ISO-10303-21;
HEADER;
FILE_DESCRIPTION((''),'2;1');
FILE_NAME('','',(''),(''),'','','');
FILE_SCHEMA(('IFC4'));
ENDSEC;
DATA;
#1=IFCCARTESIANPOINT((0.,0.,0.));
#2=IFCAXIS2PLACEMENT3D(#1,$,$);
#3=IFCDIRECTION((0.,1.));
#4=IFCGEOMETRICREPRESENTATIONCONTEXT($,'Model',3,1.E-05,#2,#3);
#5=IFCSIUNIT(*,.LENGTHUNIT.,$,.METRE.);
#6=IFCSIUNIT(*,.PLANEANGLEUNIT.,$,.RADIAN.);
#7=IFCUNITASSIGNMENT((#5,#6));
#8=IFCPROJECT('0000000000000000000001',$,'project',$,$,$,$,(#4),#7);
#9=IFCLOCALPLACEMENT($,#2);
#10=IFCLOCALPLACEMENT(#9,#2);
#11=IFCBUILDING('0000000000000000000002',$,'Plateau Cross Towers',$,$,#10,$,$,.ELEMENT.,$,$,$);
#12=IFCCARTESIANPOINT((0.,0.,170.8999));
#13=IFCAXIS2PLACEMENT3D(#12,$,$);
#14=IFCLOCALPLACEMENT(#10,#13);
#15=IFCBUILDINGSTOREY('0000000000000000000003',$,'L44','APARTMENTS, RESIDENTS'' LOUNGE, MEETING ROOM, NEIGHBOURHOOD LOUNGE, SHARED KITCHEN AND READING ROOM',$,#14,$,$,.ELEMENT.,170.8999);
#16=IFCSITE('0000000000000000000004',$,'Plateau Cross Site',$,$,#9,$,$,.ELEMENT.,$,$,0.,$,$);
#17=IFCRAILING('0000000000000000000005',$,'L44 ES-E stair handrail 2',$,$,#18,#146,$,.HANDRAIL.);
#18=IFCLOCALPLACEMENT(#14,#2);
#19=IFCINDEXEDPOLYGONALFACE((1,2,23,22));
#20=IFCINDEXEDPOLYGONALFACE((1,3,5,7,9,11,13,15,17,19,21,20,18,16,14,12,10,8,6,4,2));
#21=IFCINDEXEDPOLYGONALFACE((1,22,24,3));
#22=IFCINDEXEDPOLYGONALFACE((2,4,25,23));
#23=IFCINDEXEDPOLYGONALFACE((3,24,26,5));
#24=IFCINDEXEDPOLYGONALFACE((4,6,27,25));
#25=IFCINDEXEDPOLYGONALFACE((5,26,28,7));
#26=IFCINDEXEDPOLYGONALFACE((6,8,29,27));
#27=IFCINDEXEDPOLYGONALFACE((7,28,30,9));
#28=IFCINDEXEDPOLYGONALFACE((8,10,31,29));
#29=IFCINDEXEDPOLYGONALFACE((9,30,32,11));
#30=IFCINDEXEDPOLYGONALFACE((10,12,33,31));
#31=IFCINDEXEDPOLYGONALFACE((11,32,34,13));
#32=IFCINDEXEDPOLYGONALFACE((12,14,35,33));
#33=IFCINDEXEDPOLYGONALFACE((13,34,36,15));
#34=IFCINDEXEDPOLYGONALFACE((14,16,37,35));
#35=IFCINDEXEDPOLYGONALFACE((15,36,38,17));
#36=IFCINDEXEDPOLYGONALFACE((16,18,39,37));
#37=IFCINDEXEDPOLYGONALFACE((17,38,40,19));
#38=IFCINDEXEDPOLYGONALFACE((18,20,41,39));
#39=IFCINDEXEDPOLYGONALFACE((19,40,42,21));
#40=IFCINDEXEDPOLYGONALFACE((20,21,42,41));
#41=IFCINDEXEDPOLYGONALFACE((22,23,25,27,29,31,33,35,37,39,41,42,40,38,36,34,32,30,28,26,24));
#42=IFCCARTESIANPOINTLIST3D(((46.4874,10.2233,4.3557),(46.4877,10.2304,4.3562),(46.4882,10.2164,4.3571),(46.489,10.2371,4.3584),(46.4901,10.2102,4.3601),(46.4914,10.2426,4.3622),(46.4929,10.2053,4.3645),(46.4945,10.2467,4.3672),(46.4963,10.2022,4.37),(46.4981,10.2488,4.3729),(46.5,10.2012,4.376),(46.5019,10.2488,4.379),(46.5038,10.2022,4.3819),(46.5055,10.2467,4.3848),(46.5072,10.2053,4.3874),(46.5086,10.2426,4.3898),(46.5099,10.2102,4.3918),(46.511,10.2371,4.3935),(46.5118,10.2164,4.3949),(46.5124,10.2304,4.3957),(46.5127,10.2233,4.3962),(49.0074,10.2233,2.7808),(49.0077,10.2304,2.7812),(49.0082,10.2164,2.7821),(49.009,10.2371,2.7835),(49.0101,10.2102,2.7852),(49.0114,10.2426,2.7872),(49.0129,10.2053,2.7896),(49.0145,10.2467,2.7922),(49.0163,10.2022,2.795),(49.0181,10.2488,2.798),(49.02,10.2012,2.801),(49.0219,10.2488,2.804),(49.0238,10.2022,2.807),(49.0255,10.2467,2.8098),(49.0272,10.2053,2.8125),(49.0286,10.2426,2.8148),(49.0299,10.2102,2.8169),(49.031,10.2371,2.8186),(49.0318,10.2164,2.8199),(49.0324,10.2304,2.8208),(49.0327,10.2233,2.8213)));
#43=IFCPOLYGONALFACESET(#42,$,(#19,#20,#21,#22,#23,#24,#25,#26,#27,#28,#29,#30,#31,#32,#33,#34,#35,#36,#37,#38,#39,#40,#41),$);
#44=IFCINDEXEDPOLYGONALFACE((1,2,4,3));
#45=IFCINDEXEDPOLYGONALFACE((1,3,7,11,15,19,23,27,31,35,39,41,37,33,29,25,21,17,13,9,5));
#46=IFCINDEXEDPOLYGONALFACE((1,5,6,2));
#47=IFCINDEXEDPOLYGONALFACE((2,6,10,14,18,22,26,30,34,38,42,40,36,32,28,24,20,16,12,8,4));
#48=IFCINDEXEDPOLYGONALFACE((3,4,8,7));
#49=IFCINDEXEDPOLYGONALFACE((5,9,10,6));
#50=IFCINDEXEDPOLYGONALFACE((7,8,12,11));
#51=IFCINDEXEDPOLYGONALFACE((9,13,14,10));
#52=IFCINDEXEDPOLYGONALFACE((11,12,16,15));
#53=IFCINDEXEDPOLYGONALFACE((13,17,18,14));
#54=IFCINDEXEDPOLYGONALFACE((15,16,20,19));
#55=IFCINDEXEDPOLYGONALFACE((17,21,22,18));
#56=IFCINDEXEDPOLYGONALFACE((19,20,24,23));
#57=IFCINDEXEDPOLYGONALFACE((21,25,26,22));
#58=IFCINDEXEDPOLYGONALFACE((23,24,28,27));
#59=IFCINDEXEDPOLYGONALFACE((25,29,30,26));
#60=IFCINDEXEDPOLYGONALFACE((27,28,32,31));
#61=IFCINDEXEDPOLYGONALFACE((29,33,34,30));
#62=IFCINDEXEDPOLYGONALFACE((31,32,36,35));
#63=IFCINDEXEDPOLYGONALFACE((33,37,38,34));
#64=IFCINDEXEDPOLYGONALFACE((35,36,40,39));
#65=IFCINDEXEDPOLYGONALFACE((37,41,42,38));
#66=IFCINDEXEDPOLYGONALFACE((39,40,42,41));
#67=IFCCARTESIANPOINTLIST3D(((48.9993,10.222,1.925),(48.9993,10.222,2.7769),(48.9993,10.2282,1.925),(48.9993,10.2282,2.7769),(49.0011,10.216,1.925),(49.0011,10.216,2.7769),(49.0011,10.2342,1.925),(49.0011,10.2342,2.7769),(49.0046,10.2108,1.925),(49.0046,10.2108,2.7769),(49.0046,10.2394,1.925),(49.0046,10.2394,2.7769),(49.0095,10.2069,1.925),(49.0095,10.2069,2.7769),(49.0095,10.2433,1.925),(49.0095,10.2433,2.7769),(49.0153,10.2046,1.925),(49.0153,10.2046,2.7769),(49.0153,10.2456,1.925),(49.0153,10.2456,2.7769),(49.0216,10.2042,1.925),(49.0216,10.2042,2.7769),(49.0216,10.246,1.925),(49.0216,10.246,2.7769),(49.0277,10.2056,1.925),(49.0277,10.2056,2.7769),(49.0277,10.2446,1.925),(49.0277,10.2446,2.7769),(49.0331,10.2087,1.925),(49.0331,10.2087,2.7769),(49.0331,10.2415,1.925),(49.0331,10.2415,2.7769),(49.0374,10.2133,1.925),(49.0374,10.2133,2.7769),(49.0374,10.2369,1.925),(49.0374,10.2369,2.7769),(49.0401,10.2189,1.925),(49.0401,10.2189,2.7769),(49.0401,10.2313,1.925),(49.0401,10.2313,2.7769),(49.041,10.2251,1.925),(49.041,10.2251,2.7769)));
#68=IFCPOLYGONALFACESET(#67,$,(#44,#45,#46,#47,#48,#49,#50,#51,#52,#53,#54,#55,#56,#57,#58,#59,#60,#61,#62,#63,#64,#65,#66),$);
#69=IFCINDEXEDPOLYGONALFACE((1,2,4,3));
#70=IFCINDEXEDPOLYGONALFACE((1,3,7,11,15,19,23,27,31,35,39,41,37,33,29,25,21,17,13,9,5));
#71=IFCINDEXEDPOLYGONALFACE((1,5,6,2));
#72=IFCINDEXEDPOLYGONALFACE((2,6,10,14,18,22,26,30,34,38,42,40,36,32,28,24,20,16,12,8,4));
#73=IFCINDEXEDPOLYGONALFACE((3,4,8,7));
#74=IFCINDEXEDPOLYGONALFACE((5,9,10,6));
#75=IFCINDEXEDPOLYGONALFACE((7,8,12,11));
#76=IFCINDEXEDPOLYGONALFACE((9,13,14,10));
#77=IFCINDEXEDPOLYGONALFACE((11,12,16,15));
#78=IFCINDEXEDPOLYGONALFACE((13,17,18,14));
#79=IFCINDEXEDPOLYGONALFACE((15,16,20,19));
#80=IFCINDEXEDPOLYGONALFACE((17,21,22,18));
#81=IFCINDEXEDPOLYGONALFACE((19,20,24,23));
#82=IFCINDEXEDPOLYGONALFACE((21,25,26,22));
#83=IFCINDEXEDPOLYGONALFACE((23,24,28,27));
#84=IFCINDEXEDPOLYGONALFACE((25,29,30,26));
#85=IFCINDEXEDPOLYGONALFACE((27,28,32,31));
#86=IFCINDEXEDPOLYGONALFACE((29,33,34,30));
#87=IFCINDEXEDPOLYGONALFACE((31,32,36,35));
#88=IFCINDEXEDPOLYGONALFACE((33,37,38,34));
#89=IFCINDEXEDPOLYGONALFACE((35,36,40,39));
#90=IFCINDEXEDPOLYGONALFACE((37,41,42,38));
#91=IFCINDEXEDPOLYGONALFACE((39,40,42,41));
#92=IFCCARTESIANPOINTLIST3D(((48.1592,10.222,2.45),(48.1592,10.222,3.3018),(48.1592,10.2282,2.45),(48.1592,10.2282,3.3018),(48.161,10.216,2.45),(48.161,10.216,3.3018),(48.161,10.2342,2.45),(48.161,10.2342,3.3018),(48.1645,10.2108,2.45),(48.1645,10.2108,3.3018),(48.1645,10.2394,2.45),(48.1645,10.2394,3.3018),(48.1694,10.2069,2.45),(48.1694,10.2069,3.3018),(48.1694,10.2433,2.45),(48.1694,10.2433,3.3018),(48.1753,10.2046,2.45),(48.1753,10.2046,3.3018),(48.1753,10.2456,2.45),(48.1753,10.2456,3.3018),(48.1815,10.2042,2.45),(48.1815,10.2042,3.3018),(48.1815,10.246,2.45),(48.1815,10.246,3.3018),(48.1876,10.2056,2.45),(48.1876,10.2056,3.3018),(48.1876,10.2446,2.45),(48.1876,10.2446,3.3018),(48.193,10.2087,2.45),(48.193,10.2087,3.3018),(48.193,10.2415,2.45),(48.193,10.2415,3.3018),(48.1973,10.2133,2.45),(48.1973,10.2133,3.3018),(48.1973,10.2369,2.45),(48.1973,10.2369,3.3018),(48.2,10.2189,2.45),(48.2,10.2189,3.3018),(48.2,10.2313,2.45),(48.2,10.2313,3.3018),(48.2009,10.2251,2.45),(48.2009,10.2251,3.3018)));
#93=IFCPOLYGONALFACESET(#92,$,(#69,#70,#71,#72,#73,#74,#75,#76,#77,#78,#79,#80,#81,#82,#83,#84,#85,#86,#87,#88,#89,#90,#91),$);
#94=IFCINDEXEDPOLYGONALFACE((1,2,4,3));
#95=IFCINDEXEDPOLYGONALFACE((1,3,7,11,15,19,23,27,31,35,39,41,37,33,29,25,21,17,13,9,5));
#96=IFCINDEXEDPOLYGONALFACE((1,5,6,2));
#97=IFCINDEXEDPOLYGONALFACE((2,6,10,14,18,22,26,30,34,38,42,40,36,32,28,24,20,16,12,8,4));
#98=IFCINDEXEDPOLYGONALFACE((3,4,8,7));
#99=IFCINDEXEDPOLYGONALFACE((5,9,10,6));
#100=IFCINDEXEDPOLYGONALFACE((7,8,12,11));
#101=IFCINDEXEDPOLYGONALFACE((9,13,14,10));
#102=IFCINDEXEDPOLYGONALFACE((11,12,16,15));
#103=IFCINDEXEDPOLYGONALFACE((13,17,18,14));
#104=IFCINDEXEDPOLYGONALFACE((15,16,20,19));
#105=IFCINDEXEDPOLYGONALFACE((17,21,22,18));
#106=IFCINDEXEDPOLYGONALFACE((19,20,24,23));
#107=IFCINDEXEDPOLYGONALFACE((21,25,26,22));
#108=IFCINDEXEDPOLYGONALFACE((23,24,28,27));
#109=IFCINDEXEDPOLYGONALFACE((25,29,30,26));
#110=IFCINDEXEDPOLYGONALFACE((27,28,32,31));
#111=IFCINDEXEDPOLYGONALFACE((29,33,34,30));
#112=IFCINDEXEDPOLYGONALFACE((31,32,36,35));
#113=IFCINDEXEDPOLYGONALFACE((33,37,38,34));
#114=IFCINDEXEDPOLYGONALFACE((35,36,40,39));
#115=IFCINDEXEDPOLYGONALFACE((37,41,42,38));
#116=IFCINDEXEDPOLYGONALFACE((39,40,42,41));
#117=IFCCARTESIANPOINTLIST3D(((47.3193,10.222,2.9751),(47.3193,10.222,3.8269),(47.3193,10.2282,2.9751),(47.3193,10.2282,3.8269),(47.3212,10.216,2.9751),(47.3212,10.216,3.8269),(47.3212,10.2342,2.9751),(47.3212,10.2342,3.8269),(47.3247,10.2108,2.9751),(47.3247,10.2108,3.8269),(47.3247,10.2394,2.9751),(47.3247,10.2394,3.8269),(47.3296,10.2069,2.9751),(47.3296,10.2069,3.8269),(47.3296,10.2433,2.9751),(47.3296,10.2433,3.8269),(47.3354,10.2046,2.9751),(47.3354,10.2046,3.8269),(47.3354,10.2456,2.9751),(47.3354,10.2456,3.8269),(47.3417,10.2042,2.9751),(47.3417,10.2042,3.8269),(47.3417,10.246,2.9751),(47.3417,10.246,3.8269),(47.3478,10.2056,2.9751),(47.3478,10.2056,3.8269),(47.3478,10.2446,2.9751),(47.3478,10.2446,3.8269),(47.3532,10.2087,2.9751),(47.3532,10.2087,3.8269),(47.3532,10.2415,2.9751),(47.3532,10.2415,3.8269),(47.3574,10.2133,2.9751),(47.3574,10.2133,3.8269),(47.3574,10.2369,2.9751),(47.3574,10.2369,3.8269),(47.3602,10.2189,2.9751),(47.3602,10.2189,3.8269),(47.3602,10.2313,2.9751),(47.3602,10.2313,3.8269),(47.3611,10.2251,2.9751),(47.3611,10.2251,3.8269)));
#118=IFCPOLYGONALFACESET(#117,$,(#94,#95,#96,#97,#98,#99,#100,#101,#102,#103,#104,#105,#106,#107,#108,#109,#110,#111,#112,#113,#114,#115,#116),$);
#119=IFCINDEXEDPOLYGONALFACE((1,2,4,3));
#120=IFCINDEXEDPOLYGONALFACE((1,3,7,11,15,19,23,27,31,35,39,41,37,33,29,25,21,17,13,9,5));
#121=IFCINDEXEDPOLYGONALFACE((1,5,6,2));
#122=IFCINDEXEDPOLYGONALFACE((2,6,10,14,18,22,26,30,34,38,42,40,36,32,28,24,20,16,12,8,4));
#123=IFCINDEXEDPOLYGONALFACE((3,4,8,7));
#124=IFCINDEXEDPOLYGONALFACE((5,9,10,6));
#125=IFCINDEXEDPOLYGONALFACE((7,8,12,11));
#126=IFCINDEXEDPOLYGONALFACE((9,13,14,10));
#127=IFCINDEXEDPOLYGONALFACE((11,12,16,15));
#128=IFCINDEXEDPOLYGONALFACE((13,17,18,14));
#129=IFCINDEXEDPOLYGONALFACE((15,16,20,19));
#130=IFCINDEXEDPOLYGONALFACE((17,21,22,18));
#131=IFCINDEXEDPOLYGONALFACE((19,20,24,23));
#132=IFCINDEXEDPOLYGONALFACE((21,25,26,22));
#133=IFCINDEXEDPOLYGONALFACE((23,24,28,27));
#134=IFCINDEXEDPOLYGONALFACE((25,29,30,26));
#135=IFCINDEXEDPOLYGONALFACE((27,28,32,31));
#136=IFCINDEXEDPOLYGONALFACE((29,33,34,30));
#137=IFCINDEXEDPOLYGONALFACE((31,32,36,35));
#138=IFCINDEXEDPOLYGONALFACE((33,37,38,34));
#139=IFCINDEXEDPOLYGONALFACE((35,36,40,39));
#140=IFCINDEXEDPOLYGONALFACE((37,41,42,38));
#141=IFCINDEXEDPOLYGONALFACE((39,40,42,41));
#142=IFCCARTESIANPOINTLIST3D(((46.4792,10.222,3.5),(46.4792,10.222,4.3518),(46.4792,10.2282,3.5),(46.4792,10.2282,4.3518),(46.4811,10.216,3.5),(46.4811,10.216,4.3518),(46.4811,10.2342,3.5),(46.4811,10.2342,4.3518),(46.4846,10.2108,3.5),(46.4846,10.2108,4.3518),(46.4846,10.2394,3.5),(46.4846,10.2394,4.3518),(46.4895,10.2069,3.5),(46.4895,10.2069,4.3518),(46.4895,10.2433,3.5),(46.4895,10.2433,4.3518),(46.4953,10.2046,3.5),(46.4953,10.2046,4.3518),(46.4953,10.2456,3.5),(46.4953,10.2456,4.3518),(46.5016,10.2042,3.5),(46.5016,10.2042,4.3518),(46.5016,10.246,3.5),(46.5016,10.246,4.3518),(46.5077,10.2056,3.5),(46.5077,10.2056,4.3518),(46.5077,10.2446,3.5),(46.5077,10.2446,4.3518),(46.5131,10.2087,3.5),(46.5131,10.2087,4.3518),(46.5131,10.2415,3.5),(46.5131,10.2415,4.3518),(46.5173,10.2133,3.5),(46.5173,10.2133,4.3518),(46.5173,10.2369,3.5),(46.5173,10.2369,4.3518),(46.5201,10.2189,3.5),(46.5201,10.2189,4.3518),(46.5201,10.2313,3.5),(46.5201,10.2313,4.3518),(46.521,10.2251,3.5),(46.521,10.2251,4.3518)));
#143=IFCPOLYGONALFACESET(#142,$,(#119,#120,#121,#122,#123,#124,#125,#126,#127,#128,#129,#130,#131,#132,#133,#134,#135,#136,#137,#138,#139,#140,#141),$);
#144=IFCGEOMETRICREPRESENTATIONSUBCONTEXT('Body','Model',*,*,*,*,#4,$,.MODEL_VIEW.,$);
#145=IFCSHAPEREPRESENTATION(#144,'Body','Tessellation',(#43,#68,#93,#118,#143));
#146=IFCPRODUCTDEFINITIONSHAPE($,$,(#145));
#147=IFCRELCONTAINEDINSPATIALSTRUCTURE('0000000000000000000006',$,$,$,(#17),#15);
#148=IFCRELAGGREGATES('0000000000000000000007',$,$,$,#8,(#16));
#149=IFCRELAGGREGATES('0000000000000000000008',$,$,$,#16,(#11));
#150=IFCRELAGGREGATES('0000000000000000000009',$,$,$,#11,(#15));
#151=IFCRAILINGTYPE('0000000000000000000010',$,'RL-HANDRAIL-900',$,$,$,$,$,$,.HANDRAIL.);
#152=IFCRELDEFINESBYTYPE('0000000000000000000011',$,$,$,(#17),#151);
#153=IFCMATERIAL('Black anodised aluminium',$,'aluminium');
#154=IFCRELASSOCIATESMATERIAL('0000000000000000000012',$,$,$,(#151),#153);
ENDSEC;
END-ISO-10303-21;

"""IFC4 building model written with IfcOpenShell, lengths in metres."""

from ifc_helpers import new_model, si_unit, direction, frame, origin, origin_2d, place, context, subcontext, project, spatial, circle, extrude, material, type_object, element, save


model = new_model("IFC4")

# Units and contexts
model_context = context("Model", 3, precision=1e-05, world=origin(), true_north=direction((0.0, 1.0)))
body_context = subcontext(model_context, "Body", "Model", "MODEL_VIEW")
ifc_project = project(units=[si_unit("LENGTHUNIT", "METRE"), si_unit("PLANEANGLEUNIT", "RADIAN")], contexts=[model_context])

# Site, building, storey
site_placement = place(None, origin())
site = spatial("IfcSite", under=ifc_project, at=site_placement, Name="Plateau Cross Site", CompositionType="ELEMENT", RefElevation=0.0)
building_placement = place(site_placement, origin())
building = spatial("IfcBuilding", under=site, at=building_placement, Name="Plateau Cross Towers", CompositionType="ELEMENT")
storey_placement = place(building_placement, frame((0.0, 0.0, 170.8999)))
storey = spatial("IfcBuildingStorey", under=building, at=storey_placement, Name="L44", Description="APARTMENTS, RESIDENTS' LOUNGE, MEETING ROOM, NEIGHBOURHOOD LOUNGE, SHARED KITCHEN AND READING ROOM", CompositionType="ELEMENT", Elevation=170.8999)

# Shared definitions
ifc_material_1 = material(Name="Black anodised aluminium", Category="aluminium")

# Railing
railing_type_1 = type_object("IfcRailingType", Name="RL-HANDRAIL-900", PredefinedType="HANDRAIL", material=ifc_material_1)
railing_1_placement = place(storey_placement, frame((49.02, 10.2251, 1.925)))
element("IfcRailing", 1, at=railing_1_placement, inside=storey, type_object=railing_type_1, Name="L44 ES-E stair handrail 2", PredefinedType="HANDRAIL", context=body_context, shape_type="SweptSolid", body=[
    extrude(circle(Radius=0.0239, at=origin_2d()), frame((0.0, 0.0, 0.876), z_axis=(-0.848008, 0.0, 0.529984), x_axis=(0.0, -1.0, 0.0)), (0.0, 0.0, 1.0), 2.9717),
    extrude(circle(Radius=0.021, at=origin_2d()), origin(), (0.0, 0.0, 1.0), 0.8518),
    extrude(circle(Radius=0.021, at=origin_2d()), frame((-0.8401, 0.0, 0.5249)), (0.0, 0.0, 1.0), 0.8518),
    extrude(circle(Radius=0.021, at=origin_2d()), frame((-1.6799, 0.0, 1.05)), (0.0, 0.0, 1.0), 0.8518),
    extrude(circle(Radius=0.021, at=origin_2d()), frame((-2.52, 0.0, 1.575)), (0.0, 0.0, 1.0), 0.8518),
])

save(model, "model.ifc")
